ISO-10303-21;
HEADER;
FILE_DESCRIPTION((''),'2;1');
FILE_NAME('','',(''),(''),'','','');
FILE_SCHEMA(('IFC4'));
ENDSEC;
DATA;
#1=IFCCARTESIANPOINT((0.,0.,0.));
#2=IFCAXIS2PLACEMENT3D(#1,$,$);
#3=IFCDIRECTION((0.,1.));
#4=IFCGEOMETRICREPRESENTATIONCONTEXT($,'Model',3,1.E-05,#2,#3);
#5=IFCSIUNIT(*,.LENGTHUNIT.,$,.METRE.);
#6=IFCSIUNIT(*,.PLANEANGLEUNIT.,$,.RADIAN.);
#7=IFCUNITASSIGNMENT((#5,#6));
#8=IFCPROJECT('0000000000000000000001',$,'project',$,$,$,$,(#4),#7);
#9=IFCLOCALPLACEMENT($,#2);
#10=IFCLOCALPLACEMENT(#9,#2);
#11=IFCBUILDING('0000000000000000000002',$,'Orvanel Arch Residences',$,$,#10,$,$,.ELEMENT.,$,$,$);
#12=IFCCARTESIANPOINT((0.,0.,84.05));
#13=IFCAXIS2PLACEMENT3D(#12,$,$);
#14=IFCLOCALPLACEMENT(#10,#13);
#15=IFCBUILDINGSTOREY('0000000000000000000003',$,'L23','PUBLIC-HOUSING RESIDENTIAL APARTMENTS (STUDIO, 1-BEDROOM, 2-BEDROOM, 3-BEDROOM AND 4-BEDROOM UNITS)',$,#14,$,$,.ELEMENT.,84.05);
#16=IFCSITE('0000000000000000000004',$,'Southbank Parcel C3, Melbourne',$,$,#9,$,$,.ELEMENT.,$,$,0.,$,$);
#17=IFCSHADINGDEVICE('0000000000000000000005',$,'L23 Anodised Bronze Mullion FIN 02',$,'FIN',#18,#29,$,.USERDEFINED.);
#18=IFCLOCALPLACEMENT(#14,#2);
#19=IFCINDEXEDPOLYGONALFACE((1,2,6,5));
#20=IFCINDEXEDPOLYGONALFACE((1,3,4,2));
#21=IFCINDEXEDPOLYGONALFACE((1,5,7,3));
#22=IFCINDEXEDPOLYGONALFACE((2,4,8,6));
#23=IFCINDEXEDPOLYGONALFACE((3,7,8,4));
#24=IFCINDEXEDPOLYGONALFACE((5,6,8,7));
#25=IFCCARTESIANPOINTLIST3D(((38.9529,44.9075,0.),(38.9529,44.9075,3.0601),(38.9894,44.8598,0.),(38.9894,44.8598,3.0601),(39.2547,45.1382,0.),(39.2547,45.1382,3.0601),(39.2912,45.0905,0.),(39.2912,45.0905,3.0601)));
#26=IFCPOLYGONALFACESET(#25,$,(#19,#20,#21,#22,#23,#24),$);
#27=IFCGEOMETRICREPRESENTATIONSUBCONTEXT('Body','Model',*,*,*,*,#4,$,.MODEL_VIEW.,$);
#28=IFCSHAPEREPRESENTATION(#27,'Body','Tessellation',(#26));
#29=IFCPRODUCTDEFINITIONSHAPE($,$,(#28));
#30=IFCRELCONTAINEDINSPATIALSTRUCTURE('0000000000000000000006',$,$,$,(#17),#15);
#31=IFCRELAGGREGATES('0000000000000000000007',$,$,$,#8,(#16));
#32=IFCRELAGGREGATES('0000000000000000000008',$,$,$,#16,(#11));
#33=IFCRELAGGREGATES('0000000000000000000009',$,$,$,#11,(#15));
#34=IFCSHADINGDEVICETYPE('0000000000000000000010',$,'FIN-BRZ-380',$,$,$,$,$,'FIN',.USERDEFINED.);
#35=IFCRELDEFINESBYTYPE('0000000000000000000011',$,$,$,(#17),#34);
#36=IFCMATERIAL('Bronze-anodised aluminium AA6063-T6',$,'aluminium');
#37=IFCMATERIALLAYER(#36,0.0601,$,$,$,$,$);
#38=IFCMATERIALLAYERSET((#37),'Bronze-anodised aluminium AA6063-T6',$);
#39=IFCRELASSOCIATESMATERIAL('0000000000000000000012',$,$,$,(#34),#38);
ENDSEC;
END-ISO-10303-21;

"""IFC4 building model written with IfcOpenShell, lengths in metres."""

from ifc_helpers import new_model, si_unit, direction, frame, origin, origin_2d, place, context, subcontext, project, spatial, rectangle, extrude, material, layer, layer_set, type_object, element, save


model = new_model("IFC4")

# Units and contexts
model_context = context("Model", 3, precision=1e-05, world=origin(), true_north=direction((0.0, 1.0)))
body_context = subcontext(model_context, "Body", "Model", "MODEL_VIEW")
ifc_project = project(units=[si_unit("LENGTHUNIT", "METRE"), si_unit("PLANEANGLEUNIT", "RADIAN")], contexts=[model_context])

# Site, building, storey
site_placement = place(None, origin())
site = spatial("IfcSite", under=ifc_project, at=site_placement, Name="Southbank Parcel C3, Melbourne", CompositionType="ELEMENT", RefElevation=0.0)
building_placement = place(site_placement, origin())
building = spatial("IfcBuilding", under=site, at=building_placement, Name="Orvanel Arch Residences", CompositionType="ELEMENT")
storey_placement = place(building_placement, frame((0.0, 0.0, 84.05)))
storey = spatial("IfcBuildingStorey", under=building, at=storey_placement, Name="L23", Description="PUBLIC-HOUSING RESIDENTIAL APARTMENTS (STUDIO, 1-BEDROOM, 2-BEDROOM, 3-BEDROOM AND 4-BEDROOM UNITS)", CompositionType="ELEMENT", Elevation=84.05)

# Shared definitions
ifc_material_1 = material(Name="Bronze-anodised aluminium AA6063-T6", Category="aluminium")

# Shading device
ifc_layer_1 = layer(ifc_material_1, 0.0601)
ifc_layer_set_1 = layer_set([ifc_layer_1], Name="Bronze-anodised aluminium AA6063-T6")
shading_device_type = type_object("IfcShadingDeviceType", Name="FIN-BRZ-380", ElementType="FIN", PredefinedType="USERDEFINED", material=ifc_layer_set_1)
shading_device_placement = place(storey_placement, frame((39.1221, 44.999, 0.0), z_axis=(0.0, 0.0, 1.0), x_axis=(0.794415, 0.607376, 0.0)))
element("IfcShadingDevice", 1, at=shading_device_placement, inside=storey, type_object=shading_device_type, Name="L23 Anodised Bronze Mullion FIN 02", ObjectType="FIN", PredefinedType="USERDEFINED", context=body_context, shape_type="SweptSolid", body=[
    extrude(rectangle(XDim=0.3799, YDim=0.0601, at=origin_2d()), origin(), (0.0, 0.0, 1.0), 3.0601),
])

save(model, "model.ifc")
